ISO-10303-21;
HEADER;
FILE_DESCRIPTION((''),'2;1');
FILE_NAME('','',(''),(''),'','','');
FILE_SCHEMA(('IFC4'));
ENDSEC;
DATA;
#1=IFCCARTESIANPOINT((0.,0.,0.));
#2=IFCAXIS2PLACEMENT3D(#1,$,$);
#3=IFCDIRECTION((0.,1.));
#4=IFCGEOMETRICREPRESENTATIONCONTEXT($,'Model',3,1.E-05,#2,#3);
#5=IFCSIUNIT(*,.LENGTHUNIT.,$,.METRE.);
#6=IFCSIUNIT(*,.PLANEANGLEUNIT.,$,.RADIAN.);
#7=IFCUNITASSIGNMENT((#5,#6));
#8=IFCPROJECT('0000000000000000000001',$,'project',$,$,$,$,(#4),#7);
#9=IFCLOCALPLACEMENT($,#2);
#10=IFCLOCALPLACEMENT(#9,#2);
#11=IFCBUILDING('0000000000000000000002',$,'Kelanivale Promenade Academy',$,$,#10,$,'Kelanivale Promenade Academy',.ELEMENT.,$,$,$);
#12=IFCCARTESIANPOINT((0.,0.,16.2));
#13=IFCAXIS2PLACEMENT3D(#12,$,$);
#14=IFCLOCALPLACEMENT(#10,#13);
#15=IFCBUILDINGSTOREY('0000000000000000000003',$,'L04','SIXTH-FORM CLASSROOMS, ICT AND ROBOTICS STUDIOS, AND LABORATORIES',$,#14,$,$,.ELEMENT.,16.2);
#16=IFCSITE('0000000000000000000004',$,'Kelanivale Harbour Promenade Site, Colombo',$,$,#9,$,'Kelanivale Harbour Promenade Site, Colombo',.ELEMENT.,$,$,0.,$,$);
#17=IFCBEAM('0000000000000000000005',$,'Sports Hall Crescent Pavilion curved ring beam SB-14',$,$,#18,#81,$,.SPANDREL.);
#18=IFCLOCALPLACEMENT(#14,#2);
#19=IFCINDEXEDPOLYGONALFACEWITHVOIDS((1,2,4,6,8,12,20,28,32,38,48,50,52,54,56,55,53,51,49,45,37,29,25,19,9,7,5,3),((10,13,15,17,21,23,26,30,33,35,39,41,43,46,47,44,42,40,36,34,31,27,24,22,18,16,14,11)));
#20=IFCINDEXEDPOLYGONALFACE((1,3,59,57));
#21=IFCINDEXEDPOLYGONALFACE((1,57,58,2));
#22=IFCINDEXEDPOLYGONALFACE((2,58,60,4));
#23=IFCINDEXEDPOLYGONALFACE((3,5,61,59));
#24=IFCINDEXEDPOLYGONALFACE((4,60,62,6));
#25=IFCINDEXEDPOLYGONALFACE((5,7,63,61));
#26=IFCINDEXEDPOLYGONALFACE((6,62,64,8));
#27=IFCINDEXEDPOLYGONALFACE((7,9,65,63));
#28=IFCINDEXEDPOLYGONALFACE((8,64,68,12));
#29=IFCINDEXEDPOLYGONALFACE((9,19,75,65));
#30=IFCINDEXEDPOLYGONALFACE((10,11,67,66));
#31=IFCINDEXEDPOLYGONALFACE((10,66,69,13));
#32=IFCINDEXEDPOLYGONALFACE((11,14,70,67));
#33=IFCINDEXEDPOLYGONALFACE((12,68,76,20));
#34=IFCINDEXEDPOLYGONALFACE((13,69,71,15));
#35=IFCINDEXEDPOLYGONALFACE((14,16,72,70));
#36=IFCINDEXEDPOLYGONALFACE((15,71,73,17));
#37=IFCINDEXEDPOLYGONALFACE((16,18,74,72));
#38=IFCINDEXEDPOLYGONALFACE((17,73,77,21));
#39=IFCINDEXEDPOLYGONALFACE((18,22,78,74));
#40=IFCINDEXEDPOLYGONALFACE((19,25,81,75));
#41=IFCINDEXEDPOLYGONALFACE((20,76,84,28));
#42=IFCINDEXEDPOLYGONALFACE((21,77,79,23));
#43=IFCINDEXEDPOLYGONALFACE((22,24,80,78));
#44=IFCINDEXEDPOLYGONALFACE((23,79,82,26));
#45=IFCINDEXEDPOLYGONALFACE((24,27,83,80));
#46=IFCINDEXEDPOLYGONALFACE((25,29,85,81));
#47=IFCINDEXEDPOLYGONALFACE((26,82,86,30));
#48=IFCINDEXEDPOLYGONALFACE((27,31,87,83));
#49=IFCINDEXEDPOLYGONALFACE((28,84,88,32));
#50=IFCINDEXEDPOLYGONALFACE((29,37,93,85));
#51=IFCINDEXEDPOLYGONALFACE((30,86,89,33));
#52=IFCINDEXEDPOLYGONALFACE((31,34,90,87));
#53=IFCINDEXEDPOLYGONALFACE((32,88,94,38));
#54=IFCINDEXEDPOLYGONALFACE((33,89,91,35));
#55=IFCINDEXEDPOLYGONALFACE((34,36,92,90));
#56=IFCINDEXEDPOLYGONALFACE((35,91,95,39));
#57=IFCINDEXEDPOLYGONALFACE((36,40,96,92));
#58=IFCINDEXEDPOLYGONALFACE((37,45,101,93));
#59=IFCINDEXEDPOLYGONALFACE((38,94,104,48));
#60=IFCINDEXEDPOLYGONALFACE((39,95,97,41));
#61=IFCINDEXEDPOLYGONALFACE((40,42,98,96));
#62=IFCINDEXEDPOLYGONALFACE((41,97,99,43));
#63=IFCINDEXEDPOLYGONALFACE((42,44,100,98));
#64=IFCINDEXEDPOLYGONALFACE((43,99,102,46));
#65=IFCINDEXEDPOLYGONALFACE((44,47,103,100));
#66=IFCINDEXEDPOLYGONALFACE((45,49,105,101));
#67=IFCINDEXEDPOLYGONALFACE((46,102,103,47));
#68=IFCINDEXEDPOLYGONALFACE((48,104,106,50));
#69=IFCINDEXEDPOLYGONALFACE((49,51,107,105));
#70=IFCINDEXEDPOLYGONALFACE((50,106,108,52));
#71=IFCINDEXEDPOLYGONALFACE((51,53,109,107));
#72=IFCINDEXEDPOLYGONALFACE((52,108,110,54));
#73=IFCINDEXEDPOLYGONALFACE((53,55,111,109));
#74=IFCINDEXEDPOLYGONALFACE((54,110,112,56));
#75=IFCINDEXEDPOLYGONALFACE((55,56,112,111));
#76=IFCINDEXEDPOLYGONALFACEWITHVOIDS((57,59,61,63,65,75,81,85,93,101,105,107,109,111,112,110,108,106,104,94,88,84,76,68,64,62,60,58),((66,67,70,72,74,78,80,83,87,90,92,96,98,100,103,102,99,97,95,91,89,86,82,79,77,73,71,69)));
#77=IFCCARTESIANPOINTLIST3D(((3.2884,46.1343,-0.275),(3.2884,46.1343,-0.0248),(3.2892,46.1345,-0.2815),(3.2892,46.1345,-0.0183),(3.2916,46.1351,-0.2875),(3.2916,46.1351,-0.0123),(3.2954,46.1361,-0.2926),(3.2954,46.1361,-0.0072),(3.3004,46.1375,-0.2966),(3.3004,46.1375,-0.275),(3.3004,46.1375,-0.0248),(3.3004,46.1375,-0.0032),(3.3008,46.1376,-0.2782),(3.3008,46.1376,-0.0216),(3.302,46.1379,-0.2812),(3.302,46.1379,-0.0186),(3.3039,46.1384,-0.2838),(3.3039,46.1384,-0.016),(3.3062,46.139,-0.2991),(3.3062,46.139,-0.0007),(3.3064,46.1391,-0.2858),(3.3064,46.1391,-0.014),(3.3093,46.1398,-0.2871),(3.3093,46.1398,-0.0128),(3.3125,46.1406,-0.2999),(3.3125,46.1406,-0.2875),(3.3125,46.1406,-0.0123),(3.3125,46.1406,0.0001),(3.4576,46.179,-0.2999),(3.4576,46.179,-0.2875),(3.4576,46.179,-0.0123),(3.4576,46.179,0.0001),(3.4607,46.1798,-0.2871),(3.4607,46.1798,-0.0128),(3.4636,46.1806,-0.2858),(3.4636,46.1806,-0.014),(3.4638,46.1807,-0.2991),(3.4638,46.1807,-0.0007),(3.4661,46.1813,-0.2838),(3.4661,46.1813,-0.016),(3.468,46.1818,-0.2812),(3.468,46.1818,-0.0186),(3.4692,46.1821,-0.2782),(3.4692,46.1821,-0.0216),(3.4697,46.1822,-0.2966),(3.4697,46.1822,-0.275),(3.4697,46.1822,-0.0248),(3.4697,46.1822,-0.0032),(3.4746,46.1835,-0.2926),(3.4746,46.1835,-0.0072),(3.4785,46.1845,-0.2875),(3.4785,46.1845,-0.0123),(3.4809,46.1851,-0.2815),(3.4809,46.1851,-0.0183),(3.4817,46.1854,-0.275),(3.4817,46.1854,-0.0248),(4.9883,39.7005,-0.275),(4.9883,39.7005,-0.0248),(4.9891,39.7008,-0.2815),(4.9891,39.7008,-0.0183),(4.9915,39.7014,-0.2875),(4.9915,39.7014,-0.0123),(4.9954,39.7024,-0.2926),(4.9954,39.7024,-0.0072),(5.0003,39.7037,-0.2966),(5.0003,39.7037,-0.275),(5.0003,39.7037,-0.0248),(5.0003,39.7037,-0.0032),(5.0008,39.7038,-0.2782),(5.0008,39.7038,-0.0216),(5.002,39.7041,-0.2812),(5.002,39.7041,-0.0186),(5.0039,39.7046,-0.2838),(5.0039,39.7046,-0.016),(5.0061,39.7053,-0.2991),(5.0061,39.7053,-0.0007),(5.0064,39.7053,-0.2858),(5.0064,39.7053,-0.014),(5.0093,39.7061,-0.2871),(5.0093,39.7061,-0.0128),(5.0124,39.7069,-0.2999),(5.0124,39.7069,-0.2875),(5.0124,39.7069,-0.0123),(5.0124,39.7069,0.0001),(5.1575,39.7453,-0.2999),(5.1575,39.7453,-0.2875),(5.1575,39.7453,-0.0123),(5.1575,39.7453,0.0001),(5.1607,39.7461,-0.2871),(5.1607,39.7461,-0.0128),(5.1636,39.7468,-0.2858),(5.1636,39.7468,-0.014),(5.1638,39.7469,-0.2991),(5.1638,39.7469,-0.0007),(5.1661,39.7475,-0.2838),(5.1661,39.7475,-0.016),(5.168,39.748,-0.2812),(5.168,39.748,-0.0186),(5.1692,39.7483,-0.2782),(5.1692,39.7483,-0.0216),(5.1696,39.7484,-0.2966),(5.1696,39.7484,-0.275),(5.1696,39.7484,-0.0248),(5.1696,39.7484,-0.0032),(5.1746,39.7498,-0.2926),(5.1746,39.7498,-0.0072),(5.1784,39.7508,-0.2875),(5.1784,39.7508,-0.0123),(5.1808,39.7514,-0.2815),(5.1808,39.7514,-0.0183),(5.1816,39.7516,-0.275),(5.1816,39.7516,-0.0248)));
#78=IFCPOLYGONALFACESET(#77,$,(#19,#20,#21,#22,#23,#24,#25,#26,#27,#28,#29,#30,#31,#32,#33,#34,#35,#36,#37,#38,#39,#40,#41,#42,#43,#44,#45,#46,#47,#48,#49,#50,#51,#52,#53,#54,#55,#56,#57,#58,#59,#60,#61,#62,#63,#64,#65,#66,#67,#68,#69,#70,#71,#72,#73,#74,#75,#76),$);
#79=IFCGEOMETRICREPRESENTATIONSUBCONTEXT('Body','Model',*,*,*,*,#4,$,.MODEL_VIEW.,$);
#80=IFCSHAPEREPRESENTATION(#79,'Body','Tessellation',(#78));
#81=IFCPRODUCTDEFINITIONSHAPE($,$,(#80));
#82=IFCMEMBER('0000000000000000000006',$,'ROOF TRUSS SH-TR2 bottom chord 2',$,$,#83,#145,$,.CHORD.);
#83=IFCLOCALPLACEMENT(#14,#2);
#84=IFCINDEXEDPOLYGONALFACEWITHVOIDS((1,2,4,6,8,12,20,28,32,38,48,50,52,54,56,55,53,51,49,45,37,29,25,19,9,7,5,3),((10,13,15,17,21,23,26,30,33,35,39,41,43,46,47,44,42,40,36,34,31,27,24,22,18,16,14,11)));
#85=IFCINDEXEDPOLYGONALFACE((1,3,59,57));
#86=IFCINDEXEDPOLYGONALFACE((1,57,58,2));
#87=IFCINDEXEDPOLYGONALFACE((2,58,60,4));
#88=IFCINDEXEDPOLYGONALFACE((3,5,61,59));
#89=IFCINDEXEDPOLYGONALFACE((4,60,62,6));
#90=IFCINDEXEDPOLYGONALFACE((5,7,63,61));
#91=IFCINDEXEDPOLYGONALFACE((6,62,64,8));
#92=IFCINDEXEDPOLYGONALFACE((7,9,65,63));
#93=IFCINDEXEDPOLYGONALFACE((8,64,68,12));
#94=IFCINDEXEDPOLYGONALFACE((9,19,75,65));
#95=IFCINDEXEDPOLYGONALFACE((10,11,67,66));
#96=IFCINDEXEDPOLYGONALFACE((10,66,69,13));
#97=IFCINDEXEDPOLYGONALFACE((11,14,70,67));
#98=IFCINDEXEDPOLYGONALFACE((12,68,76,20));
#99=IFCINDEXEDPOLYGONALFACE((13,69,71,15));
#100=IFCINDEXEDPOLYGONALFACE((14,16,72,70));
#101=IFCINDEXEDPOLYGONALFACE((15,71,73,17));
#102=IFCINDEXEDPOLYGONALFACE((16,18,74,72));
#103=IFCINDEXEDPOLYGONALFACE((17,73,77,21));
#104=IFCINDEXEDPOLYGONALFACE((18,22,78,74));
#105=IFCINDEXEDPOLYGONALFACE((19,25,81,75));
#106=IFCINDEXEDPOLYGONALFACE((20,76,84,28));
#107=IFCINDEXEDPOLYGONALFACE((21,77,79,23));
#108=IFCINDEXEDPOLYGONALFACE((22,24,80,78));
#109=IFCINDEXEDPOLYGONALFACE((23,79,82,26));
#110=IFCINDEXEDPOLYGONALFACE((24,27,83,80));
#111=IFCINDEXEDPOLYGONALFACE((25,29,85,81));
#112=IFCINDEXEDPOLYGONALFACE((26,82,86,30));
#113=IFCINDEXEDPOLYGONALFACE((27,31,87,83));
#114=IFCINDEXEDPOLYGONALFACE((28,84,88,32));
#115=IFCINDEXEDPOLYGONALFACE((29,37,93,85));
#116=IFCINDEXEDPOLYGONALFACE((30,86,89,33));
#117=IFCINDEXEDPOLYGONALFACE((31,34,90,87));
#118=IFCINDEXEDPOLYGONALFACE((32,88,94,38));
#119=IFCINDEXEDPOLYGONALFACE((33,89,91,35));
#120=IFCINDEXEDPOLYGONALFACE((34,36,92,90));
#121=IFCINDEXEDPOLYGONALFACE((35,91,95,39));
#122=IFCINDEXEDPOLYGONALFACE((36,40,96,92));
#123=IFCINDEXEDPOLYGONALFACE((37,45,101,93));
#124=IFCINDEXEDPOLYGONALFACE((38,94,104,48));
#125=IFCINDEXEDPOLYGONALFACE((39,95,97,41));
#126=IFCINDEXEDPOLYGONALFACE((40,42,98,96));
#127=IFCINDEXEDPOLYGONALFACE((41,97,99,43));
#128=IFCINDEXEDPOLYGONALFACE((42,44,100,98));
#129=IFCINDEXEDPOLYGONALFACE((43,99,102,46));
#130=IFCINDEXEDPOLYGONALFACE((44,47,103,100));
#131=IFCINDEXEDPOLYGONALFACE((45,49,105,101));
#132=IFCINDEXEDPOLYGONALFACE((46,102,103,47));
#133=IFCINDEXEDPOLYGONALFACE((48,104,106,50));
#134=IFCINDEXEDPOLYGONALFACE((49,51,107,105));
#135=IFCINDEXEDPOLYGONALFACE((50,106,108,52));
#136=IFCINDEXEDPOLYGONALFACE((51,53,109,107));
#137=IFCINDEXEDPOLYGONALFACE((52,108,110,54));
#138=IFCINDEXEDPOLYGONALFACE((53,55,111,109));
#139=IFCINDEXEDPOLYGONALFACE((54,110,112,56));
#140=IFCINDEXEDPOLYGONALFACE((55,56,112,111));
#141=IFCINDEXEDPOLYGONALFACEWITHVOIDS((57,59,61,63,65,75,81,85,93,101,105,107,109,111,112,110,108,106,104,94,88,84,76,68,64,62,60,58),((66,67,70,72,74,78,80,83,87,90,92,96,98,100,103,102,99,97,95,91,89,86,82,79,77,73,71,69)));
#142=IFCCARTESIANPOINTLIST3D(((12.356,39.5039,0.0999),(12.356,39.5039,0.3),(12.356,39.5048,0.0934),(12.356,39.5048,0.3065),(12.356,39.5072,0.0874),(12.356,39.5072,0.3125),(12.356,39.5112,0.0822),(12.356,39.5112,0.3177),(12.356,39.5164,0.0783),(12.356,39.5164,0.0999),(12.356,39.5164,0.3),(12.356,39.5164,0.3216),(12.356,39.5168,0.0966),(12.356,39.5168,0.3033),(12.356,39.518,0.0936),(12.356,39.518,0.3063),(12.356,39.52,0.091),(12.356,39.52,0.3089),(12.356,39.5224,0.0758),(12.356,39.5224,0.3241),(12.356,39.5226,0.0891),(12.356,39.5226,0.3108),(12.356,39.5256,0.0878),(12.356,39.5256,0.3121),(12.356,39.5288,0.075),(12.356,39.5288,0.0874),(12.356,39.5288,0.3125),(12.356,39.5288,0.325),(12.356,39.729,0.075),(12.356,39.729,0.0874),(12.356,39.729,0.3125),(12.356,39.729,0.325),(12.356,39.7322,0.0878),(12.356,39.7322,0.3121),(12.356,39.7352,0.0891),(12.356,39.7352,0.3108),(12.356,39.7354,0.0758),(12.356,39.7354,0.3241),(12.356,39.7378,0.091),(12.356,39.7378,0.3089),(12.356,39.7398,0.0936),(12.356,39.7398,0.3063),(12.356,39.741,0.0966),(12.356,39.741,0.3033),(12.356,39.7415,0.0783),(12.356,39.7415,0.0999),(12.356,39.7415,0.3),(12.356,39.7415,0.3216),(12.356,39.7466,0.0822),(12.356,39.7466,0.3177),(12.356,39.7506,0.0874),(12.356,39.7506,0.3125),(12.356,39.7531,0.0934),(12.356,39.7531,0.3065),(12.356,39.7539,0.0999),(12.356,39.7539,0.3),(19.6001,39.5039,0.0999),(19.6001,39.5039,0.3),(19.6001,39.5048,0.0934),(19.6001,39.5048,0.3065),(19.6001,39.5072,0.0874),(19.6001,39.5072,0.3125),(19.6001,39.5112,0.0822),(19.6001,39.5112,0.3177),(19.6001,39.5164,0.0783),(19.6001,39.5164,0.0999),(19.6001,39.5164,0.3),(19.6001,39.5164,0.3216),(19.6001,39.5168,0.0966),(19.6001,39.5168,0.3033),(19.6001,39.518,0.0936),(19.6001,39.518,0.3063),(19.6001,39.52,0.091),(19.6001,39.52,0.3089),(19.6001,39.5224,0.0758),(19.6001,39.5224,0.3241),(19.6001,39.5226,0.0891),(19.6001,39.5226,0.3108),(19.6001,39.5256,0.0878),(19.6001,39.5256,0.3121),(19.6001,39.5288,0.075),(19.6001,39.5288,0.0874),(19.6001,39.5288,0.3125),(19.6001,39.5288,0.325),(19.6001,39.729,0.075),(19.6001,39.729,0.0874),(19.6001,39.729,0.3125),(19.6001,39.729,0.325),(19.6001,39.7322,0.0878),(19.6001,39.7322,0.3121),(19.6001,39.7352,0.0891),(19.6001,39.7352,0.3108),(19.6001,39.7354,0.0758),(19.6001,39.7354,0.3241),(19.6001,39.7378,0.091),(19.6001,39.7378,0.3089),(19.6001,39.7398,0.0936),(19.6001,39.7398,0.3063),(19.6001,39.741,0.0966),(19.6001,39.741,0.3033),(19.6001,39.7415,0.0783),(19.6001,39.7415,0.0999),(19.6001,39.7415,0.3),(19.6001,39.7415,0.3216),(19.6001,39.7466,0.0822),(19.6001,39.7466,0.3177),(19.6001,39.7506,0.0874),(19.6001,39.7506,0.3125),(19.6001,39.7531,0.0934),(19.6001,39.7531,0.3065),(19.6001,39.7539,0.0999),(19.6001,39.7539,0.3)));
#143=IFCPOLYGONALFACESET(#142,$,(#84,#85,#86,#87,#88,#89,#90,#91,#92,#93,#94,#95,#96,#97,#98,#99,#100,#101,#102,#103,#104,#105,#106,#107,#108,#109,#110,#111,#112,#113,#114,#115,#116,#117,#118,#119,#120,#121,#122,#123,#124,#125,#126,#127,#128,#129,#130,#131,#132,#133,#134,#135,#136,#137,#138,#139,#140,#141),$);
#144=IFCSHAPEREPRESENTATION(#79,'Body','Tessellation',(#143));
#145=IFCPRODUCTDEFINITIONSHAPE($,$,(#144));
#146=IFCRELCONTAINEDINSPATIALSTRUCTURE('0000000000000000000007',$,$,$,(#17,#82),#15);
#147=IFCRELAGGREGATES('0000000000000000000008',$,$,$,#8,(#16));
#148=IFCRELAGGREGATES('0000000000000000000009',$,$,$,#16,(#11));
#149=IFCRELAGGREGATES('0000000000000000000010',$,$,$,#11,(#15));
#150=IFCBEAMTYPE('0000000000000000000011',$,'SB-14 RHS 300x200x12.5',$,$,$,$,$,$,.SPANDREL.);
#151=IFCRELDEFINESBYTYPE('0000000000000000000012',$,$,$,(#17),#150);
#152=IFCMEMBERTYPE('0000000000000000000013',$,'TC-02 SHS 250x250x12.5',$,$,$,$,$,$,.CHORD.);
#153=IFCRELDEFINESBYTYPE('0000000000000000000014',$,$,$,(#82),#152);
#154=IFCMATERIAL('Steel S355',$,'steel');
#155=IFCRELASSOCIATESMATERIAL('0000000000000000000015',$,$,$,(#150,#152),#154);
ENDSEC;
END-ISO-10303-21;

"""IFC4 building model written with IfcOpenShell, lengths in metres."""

from ifc_helpers import new_model, si_unit, direction, frame, origin, origin_2d, place, context, subcontext, project, spatial, hollow_rectangle, extrude, material, material_profile, profile_set, type_object, element, save


model = new_model("IFC4")

# Units and contexts
model_context = context("Model", 3, precision=1e-05, world=origin(), true_north=direction((0.0, 1.0)))
body_context = subcontext(model_context, "Body", "Model", "MODEL_VIEW")
ifc_project = project(units=[si_unit("LENGTHUNIT", "METRE"), si_unit("PLANEANGLEUNIT", "RADIAN")], contexts=[model_context])

# Site, building, storey
site_placement = place(None, origin())
site = spatial("IfcSite", under=ifc_project, at=site_placement, Name="Kelanivale Harbour Promenade Site, Colombo", LongName="Kelanivale Harbour Promenade Site, Colombo", CompositionType="ELEMENT", RefElevation=0.0)
building_placement = place(site_placement, origin())
building = spatial("IfcBuilding", under=site, at=building_placement, Name="Kelanivale Promenade Academy", LongName="Kelanivale Promenade Academy", CompositionType="ELEMENT")
storey_placement = place(building_placement, frame((0.0, 0.0, 16.2)))
storey = spatial("IfcBuildingStorey", under=building, at=storey_placement, Name="L04", Description="SIXTH-FORM CLASSROOMS, ICT AND ROBOTICS STUDIOS, AND LABORATORIES", CompositionType="ELEMENT", Elevation=16.2)

# Shared definitions
ifc_material_1 = material(Name="Steel S355", Category="steel")

# Beam
ifc_material_profile_1 = material_profile(ifc_material_1, hollow_rectangle(XDim=0.2, YDim=0.3, WallThickness=0.0125, InnerFilletRadius=0.0125, OuterFilletRadius=0.0249, at=origin_2d()), Name="RHS 300x200x12.5")
ifc_profile_set_1 = profile_set([ifc_material_profile_1], Name="Steel S355")
beam_type = type_object("IfcBeamType", Name="SB-14 RHS 300x200x12.5", PredefinedType="SPANDREL", material=ifc_profile_set_1)
beam_placement = place(storey_placement, frame((5.085, 39.7261, -0.1499), z_axis=(-0.255454, 0.966821, 0.0), x_axis=(-0.966821, -0.255454, 0.0)))
element("IfcBeam", 1, at=beam_placement, inside=storey, type_object=beam_type, Name="Sports Hall Crescent Pavilion curved ring beam SB-14", PredefinedType="SPANDREL", context=body_context, shape_type="SweptSolid", body=[
    extrude(hollow_rectangle(XDim=0.2, YDim=0.3, WallThickness=0.0125, InnerFilletRadius=0.0125, OuterFilletRadius=0.0249, at=origin_2d()), origin(), (0.0, 0.0, 1.0), 6.6545),
])

# Member
ifc_material_profile_2 = material_profile(ifc_material_1, hollow_rectangle(XDim=0.25, YDim=0.25, WallThickness=0.0125, InnerFilletRadius=0.0125, OuterFilletRadius=0.0249, at=origin_2d()), Name="SHS 250x250x12.5")
ifc_profile_set_2 = profile_set([ifc_material_profile_2], Name="Steel S355")
member_type_1 = type_object("IfcMemberType", Name="TC-02 SHS 250x250x12.5", PredefinedType="CHORD", material=ifc_profile_set_2)
member_1_placement = place(storey_placement, frame((12.356, 39.6289, 0.2), z_axis=(1.0, 0.0, 0.0), x_axis=(0.0, 1.0, 0.0)))
element("IfcMember", 2, at=member_1_placement, inside=storey, type_object=member_type_1, Name="ROOF TRUSS SH-TR2 bottom chord 2", PredefinedType="CHORD", context=body_context, shape_type="SweptSolid", body=[
    extrude(hollow_rectangle(XDim=0.25, YDim=0.25, WallThickness=0.0125, InnerFilletRadius=0.0125, OuterFilletRadius=0.0249, at=origin_2d()), origin(), (0.0, 0.0, 1.0), 7.2441),
])

save(model, "model.ifc")
